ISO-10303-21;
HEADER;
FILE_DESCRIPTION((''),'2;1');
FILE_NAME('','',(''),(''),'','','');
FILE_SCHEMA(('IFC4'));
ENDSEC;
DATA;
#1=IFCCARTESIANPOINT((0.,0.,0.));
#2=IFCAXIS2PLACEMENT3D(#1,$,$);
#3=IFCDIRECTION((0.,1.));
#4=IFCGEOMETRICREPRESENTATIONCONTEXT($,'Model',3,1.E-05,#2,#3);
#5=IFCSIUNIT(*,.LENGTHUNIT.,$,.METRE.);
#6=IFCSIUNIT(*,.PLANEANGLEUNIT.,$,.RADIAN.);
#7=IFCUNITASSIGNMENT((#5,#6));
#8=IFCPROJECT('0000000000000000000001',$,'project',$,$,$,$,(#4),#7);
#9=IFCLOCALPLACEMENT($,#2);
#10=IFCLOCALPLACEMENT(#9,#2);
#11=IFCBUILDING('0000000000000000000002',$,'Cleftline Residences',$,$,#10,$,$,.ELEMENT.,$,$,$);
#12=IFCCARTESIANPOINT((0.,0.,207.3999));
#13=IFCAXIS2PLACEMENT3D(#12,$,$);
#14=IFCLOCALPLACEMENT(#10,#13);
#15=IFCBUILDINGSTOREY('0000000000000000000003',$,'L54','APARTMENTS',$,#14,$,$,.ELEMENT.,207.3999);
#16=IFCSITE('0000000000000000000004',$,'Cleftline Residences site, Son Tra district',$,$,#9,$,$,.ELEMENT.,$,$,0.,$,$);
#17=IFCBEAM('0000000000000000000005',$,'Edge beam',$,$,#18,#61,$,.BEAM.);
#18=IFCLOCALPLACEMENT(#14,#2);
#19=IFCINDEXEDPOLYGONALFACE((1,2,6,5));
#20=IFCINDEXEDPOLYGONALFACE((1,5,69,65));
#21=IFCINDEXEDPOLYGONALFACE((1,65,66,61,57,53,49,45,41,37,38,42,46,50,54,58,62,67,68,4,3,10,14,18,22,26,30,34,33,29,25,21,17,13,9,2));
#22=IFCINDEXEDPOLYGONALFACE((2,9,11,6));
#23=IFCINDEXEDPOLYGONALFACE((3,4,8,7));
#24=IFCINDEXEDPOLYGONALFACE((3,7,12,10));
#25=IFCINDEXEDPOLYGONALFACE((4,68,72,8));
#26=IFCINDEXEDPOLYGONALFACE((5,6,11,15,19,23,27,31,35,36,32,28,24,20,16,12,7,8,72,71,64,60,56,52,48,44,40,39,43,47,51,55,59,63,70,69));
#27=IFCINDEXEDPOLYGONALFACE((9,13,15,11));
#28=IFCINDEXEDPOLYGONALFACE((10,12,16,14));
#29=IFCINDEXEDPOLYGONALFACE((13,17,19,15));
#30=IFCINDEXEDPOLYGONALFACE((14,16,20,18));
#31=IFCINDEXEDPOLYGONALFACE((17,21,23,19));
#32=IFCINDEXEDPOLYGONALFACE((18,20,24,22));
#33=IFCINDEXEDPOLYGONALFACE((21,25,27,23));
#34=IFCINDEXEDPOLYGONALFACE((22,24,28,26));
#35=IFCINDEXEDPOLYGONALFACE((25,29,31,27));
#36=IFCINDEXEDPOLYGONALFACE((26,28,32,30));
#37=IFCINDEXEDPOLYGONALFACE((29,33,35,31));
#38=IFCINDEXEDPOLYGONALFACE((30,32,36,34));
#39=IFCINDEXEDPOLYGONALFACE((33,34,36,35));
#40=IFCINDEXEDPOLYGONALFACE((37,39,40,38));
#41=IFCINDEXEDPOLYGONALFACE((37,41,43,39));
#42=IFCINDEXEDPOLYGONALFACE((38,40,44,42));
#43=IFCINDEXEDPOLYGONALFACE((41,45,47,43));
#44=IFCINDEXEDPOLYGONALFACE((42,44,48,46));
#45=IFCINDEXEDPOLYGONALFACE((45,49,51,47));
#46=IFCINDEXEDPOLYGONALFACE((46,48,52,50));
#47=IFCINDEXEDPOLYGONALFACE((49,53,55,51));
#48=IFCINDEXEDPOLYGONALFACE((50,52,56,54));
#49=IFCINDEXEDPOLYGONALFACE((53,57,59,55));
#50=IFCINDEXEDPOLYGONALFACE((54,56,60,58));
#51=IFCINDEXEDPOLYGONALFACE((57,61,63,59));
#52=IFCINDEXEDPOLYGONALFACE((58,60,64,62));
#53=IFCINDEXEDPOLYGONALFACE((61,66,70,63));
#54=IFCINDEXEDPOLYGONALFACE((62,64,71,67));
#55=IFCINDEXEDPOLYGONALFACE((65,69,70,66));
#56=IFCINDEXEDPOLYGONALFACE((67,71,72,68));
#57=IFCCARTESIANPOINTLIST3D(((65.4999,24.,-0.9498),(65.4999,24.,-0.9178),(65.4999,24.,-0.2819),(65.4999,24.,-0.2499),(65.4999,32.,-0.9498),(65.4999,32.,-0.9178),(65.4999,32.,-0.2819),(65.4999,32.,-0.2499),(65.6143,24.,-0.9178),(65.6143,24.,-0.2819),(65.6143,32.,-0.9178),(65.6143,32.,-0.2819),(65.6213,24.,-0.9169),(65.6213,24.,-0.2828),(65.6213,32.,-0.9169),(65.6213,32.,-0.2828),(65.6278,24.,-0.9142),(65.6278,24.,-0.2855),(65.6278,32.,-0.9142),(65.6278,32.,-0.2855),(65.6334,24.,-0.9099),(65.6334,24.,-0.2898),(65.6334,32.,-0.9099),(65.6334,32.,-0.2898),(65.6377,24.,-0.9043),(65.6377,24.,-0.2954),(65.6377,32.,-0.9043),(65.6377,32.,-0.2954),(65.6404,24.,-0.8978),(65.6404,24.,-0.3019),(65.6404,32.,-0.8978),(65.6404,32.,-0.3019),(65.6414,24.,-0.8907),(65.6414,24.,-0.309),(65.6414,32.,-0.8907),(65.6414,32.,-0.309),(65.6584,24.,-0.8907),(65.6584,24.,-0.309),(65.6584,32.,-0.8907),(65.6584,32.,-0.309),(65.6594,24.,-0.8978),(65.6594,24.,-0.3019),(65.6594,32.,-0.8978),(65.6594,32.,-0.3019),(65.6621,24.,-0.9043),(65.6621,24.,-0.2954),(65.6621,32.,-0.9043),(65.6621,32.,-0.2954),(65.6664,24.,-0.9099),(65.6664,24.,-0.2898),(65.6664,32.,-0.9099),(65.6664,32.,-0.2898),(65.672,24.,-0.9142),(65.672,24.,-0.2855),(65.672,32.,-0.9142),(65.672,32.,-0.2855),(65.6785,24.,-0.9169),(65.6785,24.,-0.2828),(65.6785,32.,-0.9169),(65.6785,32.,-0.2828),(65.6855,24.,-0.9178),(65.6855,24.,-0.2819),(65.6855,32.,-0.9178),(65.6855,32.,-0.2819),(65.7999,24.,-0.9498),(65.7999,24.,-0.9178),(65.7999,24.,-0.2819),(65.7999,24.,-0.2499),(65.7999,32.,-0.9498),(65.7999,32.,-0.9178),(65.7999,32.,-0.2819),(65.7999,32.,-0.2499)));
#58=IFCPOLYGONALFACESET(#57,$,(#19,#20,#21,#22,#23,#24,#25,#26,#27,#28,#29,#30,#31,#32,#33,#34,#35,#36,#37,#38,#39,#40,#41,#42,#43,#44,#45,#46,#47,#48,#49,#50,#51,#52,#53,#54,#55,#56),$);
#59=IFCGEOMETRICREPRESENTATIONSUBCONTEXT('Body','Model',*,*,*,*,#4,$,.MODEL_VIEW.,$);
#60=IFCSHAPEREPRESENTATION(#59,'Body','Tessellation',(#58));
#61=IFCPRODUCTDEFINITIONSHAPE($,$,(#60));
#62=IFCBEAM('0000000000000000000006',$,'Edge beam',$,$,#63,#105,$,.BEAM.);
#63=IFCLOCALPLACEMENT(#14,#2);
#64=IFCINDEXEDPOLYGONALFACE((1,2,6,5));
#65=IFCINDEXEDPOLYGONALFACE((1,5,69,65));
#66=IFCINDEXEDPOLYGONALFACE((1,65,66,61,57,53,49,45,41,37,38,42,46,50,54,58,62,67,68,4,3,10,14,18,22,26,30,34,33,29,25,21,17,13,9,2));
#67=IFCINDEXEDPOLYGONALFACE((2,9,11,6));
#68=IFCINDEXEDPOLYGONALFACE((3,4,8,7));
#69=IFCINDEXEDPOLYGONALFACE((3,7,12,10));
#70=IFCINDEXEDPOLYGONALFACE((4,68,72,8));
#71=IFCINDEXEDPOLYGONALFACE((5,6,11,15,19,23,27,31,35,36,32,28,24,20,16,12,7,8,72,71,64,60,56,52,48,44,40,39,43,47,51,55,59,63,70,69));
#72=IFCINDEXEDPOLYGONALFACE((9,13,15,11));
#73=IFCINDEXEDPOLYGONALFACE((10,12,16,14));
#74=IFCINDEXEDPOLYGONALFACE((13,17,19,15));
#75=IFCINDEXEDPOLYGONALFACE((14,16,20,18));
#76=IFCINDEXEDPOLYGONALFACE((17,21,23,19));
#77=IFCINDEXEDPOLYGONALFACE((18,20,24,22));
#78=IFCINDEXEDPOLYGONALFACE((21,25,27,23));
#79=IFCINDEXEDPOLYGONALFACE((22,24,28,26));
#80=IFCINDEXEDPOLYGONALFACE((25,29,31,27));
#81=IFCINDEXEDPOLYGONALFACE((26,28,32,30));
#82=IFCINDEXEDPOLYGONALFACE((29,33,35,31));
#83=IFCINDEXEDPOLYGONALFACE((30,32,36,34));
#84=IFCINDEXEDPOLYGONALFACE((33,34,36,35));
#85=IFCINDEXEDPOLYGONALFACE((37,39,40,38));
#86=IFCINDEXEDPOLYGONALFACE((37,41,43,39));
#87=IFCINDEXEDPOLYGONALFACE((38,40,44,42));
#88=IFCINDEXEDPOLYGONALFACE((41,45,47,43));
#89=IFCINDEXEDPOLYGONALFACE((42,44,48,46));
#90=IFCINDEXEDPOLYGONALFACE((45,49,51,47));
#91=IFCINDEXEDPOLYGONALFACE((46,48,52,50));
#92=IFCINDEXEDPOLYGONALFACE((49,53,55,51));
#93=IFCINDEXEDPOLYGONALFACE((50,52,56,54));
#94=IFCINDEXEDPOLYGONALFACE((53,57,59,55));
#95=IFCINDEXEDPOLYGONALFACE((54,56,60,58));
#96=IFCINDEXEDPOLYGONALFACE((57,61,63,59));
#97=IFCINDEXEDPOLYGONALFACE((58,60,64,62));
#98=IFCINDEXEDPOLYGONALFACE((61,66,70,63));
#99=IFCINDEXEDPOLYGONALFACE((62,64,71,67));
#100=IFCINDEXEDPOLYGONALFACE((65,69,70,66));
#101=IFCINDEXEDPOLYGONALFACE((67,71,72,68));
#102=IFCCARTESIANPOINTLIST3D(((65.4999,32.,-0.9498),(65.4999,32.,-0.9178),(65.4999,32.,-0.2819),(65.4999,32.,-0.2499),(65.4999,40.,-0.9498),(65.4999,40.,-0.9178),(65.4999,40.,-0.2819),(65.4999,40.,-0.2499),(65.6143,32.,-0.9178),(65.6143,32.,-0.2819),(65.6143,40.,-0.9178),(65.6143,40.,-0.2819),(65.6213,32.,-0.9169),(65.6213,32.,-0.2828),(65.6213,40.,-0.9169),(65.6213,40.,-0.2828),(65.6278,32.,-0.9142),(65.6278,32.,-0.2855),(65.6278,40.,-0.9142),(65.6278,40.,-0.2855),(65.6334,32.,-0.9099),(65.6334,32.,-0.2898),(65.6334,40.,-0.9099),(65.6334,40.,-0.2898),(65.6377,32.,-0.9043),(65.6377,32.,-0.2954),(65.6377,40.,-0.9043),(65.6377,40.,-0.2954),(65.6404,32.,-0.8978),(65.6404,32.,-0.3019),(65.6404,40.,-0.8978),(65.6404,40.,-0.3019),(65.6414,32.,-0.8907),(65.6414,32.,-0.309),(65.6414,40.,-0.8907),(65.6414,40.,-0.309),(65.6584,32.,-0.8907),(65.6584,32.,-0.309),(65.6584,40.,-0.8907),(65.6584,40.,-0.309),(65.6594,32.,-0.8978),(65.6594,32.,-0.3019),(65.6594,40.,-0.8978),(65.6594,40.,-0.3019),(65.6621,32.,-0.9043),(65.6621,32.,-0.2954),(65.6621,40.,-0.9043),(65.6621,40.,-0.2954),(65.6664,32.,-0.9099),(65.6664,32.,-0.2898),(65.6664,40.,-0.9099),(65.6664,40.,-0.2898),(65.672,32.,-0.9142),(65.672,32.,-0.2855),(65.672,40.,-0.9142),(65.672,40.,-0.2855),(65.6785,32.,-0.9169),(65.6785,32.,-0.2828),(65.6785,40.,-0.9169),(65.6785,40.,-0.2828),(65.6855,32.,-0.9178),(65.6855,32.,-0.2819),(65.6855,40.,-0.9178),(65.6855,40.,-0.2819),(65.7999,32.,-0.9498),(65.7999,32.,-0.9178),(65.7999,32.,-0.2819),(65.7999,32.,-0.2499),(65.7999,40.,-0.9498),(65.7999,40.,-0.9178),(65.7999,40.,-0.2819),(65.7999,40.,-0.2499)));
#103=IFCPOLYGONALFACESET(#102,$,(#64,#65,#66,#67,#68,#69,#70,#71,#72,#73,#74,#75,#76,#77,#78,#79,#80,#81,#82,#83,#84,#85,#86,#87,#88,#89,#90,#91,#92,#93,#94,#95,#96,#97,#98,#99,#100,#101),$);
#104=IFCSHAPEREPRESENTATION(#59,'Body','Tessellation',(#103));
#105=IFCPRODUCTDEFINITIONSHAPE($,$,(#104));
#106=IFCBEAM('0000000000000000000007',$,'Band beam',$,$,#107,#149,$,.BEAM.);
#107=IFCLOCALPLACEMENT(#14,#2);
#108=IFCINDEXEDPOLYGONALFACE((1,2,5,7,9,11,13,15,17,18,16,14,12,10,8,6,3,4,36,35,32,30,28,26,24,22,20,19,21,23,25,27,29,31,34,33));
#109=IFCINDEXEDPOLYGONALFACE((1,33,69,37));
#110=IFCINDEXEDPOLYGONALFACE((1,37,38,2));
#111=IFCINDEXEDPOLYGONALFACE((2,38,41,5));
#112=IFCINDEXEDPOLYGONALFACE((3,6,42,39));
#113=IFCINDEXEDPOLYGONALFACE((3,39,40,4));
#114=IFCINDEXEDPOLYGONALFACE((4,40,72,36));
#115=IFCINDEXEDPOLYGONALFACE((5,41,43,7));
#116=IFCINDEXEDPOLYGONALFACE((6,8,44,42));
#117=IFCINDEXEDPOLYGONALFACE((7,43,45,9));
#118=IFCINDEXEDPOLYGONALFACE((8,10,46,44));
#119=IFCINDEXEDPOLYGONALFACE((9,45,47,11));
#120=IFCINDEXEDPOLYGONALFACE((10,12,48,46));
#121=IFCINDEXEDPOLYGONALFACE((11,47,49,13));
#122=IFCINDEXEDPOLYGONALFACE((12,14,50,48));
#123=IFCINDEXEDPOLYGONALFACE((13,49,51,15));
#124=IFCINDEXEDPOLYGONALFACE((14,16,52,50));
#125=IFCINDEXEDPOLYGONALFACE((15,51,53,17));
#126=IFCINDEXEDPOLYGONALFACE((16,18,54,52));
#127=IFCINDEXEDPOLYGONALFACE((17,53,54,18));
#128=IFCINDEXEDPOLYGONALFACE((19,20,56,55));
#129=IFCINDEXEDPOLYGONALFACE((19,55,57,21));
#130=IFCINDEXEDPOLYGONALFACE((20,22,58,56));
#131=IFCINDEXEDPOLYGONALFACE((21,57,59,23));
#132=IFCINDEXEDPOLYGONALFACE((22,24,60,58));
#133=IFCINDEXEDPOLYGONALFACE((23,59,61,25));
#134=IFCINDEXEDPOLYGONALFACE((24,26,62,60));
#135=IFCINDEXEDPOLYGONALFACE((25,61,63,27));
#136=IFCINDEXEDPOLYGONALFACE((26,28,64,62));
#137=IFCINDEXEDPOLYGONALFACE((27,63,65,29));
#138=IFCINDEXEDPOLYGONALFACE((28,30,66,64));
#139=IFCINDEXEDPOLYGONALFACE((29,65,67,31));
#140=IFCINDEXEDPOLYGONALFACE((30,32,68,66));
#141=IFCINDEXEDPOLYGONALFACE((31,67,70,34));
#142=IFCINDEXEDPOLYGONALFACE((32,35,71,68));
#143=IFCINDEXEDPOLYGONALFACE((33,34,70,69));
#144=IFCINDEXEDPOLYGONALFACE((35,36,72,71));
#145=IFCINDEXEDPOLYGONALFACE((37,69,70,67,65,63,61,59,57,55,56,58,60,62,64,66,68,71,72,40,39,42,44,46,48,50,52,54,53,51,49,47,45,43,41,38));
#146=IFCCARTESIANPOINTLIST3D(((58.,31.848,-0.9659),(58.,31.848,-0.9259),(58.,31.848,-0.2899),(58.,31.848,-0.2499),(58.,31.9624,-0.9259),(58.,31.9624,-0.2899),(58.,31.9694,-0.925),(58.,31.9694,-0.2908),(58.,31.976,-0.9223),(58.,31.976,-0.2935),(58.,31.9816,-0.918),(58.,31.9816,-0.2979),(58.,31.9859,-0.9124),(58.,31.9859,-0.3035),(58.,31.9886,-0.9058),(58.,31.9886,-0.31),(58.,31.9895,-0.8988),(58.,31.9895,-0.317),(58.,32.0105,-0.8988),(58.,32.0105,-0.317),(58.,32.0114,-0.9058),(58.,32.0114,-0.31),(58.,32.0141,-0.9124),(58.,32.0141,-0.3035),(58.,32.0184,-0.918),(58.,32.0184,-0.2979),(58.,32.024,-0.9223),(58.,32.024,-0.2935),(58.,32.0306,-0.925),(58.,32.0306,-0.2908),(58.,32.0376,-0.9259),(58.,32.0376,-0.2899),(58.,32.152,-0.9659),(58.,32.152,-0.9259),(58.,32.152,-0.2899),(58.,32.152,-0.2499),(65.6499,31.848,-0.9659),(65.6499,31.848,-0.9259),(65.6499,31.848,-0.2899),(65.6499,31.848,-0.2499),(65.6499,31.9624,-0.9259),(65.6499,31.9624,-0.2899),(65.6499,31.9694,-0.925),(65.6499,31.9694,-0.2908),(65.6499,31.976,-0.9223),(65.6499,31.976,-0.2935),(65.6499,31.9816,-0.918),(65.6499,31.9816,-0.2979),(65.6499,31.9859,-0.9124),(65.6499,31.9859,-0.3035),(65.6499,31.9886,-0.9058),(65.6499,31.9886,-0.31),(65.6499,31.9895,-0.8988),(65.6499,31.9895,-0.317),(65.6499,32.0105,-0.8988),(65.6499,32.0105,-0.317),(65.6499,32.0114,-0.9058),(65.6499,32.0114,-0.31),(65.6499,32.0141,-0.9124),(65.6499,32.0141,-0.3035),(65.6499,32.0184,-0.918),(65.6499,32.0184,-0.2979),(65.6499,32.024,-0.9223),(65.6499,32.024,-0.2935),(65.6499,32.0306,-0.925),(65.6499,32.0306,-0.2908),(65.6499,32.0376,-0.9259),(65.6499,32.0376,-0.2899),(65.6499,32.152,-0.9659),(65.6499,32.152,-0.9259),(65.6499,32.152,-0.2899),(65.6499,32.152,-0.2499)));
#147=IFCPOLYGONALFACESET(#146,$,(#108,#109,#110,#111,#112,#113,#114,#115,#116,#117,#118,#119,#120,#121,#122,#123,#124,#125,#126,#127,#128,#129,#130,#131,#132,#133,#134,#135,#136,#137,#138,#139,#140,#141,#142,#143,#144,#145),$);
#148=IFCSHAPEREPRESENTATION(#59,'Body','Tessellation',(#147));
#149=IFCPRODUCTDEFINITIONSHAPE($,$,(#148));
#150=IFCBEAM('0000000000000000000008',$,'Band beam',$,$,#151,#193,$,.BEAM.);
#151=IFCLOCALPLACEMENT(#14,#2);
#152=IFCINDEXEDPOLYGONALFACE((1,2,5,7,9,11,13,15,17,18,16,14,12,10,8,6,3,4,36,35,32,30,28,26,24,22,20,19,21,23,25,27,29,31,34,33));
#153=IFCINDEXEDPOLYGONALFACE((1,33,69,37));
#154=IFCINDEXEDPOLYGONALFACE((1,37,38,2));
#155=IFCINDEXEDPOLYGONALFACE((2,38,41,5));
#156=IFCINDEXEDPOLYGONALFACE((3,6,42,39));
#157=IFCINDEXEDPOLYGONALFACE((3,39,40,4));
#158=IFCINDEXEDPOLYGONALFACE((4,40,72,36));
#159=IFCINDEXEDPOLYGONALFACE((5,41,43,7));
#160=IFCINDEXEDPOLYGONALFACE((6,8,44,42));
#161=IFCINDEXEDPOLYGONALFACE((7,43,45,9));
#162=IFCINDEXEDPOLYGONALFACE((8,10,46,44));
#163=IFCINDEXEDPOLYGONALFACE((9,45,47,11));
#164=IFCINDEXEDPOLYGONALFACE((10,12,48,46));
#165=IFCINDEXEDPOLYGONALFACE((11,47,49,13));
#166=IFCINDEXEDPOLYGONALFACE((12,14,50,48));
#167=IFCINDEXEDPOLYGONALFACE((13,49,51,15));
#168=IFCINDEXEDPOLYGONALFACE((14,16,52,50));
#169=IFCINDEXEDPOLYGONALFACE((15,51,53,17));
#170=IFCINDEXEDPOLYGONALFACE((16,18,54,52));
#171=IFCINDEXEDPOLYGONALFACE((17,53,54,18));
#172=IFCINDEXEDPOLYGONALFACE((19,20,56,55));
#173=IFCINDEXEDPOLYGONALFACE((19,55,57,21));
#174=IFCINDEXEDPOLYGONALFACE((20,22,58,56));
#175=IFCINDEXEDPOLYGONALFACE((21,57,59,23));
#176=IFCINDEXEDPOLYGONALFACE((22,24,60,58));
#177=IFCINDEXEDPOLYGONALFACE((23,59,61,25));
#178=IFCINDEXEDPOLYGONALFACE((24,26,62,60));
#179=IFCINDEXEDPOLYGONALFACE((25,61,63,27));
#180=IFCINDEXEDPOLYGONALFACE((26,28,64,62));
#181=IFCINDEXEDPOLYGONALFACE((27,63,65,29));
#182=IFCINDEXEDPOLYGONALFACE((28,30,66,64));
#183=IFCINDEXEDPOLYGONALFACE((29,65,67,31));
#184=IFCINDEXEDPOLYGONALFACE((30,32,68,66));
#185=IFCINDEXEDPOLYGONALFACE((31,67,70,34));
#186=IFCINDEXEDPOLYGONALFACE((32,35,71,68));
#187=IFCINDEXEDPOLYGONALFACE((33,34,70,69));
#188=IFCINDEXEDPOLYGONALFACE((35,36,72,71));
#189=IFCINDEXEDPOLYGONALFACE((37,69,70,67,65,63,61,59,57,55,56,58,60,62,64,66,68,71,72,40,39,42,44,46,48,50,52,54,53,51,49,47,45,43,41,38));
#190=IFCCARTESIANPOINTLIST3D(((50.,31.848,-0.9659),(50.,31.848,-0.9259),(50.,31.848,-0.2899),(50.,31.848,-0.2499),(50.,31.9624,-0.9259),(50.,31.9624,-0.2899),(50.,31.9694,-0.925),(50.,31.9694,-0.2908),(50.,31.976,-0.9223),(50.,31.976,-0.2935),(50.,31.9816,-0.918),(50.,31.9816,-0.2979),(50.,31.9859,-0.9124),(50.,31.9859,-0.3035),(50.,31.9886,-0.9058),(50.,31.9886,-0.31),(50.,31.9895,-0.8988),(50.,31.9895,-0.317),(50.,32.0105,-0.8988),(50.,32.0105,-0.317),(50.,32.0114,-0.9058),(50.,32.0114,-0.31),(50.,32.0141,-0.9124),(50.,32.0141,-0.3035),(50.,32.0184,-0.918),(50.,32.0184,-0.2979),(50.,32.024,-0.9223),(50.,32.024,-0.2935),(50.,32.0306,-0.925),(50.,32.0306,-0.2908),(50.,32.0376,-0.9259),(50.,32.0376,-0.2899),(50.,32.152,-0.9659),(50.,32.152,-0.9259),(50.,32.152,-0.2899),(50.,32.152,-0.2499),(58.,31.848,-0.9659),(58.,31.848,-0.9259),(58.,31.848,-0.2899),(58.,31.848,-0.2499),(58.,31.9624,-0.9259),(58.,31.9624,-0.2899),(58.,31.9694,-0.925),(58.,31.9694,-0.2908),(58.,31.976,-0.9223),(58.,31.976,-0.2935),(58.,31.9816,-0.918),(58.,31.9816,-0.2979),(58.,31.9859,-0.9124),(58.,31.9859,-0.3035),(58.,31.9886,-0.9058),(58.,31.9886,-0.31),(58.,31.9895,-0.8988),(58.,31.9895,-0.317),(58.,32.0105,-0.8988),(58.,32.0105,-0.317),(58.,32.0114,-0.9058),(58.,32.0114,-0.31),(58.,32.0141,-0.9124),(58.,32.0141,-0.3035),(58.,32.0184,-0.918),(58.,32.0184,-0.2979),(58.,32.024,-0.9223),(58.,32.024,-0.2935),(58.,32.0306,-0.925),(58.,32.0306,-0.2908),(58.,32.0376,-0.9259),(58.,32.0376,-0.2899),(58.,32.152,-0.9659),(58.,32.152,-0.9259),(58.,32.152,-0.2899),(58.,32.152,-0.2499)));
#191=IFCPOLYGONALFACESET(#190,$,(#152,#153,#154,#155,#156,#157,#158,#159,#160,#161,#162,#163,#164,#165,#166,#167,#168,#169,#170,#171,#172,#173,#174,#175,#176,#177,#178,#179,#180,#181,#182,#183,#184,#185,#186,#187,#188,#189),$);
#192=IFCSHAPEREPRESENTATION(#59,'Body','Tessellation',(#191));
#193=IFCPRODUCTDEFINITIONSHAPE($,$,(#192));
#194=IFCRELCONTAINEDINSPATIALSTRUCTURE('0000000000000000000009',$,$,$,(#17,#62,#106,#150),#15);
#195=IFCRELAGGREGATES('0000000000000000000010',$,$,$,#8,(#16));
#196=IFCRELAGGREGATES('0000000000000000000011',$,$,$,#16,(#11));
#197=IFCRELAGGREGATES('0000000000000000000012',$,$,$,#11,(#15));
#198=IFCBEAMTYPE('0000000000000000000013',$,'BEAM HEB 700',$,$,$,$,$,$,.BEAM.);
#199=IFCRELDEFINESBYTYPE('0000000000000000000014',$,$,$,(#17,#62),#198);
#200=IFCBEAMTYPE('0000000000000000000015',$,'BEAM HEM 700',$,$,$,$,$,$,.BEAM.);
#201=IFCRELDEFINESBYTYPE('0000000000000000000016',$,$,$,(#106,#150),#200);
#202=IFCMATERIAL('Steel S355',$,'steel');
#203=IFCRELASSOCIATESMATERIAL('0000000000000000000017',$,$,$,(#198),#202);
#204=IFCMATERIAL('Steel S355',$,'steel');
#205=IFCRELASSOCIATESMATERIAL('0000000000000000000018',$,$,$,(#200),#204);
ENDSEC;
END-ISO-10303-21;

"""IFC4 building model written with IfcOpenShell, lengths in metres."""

from ifc_helpers import new_model, si_unit, direction, frame, origin, origin_2d, place, context, subcontext, project, spatial, i_section, extrude, material, material_profile, profile_set, type_object, element, save


model = new_model("IFC4")

# Units and contexts
model_context = context("Model", 3, precision=1e-05, world=origin(), true_north=direction((0.0, 1.0)))
body_context = subcontext(model_context, "Body", "Model", "MODEL_VIEW")
ifc_project = project(units=[si_unit("LENGTHUNIT", "METRE"), si_unit("PLANEANGLEUNIT", "RADIAN")], contexts=[model_context])

# Site, building, storey
site_placement = place(None, origin())
site = spatial("IfcSite", under=ifc_project, at=site_placement, Name="Cleftline Residences site, Son Tra district", CompositionType="ELEMENT", RefElevation=0.0)
building_placement = place(site_placement, origin())
building = spatial("IfcBuilding", under=site, at=building_placement, Name="Cleftline Residences", CompositionType="ELEMENT")
storey_placement = place(building_placement, frame((0.0, 0.0, 207.3999)))
storey = spatial("IfcBuildingStorey", under=building, at=storey_placement, Name="L54", Description="APARTMENTS", CompositionType="ELEMENT", Elevation=207.3999)

# Beams
ifc_material_1 = material(Name="Steel S355", Category="steel")
ifc_material_profile_1 = material_profile(ifc_material_1, i_section(OverallWidth=0.3, OverallDepth=0.7, WebThickness=0.0171, FlangeThickness=0.032, FilletRadius=0.0271, at=origin_2d()))
ifc_profile_set_1 = profile_set([ifc_material_profile_1], Name="Steel S355")
beam_type_1 = type_object("IfcBeamType", Name="BEAM HEB 700", PredefinedType="BEAM", material=ifc_profile_set_1)
for number, where, z_axis, x_axis, name in (
    (1, (65.6499, 24.0, -0.5999), (0.0, 1.0, 0.0), (-1.0, 0.0, 0.0), "Edge beam"),
    (2, (65.6499, 32.0, -0.5999), (0.0, 1.0, 0.0), (-1.0, 0.0, 0.0), "Edge beam"),
):
    element("IfcBeam", number, at=place(storey_placement, frame(where, z_axis=z_axis, x_axis=x_axis)), inside=storey, type_object=beam_type_1, Name=name, PredefinedType="BEAM", context=body_context, shape_type="SweptSolid", body=[
        extrude(i_section(OverallWidth=0.3, OverallDepth=0.7, WebThickness=0.0171, FlangeThickness=0.032, FilletRadius=0.0271, at=origin_2d()), origin(), (0.0, 0.0, 1.0), 8.0),
    ])
ifc_material_2 = material(Name="Steel S355", Category="steel")
ifc_material_profile_2 = material_profile(ifc_material_2, i_section(OverallWidth=0.304, OverallDepth=0.7161, WebThickness=0.021, FlangeThickness=0.04, FilletRadius=0.0271, at=origin_2d()))
ifc_profile_set_2 = profile_set([ifc_material_profile_2], Name="Steel S355")
beam_type_2 = type_object("IfcBeamType", Name="BEAM HEM 700", PredefinedType="BEAM", material=ifc_profile_set_2)
beam_1_placement = place(storey_placement, frame((65.6499, 32.0, -0.6079), z_axis=(-1.0, 0.0, 0.0), x_axis=(0.0, -1.0, 0.0)))
element("IfcBeam", 3, at=beam_1_placement, inside=storey, type_object=beam_type_2, Name="Band beam", PredefinedType="BEAM", context=body_context, shape_type="SweptSolid", body=[
    extrude(i_section(OverallWidth=0.304, OverallDepth=0.7161, WebThickness=0.021, FlangeThickness=0.04, FilletRadius=0.0271, at=origin_2d()), origin(), (0.0, 0.0, 1.0), 7.6499),
])
beam_2_placement = place(storey_placement, frame((58.0, 32.0, -0.6079), z_axis=(-1.0, 0.0, 0.0), x_axis=(0.0, -1.0, 0.0)))
element("IfcBeam", 4, at=beam_2_placement, inside=storey, type_object=beam_type_2, Name="Band beam", PredefinedType="BEAM", context=body_context, shape_type="SweptSolid", body=[
    extrude(i_section(OverallWidth=0.304, OverallDepth=0.7161, WebThickness=0.021, FlangeThickness=0.04, FilletRadius=0.0271, at=origin_2d()), origin(), (0.0, 0.0, 1.0), 8.0),
])

save(model, "model.ifc")
